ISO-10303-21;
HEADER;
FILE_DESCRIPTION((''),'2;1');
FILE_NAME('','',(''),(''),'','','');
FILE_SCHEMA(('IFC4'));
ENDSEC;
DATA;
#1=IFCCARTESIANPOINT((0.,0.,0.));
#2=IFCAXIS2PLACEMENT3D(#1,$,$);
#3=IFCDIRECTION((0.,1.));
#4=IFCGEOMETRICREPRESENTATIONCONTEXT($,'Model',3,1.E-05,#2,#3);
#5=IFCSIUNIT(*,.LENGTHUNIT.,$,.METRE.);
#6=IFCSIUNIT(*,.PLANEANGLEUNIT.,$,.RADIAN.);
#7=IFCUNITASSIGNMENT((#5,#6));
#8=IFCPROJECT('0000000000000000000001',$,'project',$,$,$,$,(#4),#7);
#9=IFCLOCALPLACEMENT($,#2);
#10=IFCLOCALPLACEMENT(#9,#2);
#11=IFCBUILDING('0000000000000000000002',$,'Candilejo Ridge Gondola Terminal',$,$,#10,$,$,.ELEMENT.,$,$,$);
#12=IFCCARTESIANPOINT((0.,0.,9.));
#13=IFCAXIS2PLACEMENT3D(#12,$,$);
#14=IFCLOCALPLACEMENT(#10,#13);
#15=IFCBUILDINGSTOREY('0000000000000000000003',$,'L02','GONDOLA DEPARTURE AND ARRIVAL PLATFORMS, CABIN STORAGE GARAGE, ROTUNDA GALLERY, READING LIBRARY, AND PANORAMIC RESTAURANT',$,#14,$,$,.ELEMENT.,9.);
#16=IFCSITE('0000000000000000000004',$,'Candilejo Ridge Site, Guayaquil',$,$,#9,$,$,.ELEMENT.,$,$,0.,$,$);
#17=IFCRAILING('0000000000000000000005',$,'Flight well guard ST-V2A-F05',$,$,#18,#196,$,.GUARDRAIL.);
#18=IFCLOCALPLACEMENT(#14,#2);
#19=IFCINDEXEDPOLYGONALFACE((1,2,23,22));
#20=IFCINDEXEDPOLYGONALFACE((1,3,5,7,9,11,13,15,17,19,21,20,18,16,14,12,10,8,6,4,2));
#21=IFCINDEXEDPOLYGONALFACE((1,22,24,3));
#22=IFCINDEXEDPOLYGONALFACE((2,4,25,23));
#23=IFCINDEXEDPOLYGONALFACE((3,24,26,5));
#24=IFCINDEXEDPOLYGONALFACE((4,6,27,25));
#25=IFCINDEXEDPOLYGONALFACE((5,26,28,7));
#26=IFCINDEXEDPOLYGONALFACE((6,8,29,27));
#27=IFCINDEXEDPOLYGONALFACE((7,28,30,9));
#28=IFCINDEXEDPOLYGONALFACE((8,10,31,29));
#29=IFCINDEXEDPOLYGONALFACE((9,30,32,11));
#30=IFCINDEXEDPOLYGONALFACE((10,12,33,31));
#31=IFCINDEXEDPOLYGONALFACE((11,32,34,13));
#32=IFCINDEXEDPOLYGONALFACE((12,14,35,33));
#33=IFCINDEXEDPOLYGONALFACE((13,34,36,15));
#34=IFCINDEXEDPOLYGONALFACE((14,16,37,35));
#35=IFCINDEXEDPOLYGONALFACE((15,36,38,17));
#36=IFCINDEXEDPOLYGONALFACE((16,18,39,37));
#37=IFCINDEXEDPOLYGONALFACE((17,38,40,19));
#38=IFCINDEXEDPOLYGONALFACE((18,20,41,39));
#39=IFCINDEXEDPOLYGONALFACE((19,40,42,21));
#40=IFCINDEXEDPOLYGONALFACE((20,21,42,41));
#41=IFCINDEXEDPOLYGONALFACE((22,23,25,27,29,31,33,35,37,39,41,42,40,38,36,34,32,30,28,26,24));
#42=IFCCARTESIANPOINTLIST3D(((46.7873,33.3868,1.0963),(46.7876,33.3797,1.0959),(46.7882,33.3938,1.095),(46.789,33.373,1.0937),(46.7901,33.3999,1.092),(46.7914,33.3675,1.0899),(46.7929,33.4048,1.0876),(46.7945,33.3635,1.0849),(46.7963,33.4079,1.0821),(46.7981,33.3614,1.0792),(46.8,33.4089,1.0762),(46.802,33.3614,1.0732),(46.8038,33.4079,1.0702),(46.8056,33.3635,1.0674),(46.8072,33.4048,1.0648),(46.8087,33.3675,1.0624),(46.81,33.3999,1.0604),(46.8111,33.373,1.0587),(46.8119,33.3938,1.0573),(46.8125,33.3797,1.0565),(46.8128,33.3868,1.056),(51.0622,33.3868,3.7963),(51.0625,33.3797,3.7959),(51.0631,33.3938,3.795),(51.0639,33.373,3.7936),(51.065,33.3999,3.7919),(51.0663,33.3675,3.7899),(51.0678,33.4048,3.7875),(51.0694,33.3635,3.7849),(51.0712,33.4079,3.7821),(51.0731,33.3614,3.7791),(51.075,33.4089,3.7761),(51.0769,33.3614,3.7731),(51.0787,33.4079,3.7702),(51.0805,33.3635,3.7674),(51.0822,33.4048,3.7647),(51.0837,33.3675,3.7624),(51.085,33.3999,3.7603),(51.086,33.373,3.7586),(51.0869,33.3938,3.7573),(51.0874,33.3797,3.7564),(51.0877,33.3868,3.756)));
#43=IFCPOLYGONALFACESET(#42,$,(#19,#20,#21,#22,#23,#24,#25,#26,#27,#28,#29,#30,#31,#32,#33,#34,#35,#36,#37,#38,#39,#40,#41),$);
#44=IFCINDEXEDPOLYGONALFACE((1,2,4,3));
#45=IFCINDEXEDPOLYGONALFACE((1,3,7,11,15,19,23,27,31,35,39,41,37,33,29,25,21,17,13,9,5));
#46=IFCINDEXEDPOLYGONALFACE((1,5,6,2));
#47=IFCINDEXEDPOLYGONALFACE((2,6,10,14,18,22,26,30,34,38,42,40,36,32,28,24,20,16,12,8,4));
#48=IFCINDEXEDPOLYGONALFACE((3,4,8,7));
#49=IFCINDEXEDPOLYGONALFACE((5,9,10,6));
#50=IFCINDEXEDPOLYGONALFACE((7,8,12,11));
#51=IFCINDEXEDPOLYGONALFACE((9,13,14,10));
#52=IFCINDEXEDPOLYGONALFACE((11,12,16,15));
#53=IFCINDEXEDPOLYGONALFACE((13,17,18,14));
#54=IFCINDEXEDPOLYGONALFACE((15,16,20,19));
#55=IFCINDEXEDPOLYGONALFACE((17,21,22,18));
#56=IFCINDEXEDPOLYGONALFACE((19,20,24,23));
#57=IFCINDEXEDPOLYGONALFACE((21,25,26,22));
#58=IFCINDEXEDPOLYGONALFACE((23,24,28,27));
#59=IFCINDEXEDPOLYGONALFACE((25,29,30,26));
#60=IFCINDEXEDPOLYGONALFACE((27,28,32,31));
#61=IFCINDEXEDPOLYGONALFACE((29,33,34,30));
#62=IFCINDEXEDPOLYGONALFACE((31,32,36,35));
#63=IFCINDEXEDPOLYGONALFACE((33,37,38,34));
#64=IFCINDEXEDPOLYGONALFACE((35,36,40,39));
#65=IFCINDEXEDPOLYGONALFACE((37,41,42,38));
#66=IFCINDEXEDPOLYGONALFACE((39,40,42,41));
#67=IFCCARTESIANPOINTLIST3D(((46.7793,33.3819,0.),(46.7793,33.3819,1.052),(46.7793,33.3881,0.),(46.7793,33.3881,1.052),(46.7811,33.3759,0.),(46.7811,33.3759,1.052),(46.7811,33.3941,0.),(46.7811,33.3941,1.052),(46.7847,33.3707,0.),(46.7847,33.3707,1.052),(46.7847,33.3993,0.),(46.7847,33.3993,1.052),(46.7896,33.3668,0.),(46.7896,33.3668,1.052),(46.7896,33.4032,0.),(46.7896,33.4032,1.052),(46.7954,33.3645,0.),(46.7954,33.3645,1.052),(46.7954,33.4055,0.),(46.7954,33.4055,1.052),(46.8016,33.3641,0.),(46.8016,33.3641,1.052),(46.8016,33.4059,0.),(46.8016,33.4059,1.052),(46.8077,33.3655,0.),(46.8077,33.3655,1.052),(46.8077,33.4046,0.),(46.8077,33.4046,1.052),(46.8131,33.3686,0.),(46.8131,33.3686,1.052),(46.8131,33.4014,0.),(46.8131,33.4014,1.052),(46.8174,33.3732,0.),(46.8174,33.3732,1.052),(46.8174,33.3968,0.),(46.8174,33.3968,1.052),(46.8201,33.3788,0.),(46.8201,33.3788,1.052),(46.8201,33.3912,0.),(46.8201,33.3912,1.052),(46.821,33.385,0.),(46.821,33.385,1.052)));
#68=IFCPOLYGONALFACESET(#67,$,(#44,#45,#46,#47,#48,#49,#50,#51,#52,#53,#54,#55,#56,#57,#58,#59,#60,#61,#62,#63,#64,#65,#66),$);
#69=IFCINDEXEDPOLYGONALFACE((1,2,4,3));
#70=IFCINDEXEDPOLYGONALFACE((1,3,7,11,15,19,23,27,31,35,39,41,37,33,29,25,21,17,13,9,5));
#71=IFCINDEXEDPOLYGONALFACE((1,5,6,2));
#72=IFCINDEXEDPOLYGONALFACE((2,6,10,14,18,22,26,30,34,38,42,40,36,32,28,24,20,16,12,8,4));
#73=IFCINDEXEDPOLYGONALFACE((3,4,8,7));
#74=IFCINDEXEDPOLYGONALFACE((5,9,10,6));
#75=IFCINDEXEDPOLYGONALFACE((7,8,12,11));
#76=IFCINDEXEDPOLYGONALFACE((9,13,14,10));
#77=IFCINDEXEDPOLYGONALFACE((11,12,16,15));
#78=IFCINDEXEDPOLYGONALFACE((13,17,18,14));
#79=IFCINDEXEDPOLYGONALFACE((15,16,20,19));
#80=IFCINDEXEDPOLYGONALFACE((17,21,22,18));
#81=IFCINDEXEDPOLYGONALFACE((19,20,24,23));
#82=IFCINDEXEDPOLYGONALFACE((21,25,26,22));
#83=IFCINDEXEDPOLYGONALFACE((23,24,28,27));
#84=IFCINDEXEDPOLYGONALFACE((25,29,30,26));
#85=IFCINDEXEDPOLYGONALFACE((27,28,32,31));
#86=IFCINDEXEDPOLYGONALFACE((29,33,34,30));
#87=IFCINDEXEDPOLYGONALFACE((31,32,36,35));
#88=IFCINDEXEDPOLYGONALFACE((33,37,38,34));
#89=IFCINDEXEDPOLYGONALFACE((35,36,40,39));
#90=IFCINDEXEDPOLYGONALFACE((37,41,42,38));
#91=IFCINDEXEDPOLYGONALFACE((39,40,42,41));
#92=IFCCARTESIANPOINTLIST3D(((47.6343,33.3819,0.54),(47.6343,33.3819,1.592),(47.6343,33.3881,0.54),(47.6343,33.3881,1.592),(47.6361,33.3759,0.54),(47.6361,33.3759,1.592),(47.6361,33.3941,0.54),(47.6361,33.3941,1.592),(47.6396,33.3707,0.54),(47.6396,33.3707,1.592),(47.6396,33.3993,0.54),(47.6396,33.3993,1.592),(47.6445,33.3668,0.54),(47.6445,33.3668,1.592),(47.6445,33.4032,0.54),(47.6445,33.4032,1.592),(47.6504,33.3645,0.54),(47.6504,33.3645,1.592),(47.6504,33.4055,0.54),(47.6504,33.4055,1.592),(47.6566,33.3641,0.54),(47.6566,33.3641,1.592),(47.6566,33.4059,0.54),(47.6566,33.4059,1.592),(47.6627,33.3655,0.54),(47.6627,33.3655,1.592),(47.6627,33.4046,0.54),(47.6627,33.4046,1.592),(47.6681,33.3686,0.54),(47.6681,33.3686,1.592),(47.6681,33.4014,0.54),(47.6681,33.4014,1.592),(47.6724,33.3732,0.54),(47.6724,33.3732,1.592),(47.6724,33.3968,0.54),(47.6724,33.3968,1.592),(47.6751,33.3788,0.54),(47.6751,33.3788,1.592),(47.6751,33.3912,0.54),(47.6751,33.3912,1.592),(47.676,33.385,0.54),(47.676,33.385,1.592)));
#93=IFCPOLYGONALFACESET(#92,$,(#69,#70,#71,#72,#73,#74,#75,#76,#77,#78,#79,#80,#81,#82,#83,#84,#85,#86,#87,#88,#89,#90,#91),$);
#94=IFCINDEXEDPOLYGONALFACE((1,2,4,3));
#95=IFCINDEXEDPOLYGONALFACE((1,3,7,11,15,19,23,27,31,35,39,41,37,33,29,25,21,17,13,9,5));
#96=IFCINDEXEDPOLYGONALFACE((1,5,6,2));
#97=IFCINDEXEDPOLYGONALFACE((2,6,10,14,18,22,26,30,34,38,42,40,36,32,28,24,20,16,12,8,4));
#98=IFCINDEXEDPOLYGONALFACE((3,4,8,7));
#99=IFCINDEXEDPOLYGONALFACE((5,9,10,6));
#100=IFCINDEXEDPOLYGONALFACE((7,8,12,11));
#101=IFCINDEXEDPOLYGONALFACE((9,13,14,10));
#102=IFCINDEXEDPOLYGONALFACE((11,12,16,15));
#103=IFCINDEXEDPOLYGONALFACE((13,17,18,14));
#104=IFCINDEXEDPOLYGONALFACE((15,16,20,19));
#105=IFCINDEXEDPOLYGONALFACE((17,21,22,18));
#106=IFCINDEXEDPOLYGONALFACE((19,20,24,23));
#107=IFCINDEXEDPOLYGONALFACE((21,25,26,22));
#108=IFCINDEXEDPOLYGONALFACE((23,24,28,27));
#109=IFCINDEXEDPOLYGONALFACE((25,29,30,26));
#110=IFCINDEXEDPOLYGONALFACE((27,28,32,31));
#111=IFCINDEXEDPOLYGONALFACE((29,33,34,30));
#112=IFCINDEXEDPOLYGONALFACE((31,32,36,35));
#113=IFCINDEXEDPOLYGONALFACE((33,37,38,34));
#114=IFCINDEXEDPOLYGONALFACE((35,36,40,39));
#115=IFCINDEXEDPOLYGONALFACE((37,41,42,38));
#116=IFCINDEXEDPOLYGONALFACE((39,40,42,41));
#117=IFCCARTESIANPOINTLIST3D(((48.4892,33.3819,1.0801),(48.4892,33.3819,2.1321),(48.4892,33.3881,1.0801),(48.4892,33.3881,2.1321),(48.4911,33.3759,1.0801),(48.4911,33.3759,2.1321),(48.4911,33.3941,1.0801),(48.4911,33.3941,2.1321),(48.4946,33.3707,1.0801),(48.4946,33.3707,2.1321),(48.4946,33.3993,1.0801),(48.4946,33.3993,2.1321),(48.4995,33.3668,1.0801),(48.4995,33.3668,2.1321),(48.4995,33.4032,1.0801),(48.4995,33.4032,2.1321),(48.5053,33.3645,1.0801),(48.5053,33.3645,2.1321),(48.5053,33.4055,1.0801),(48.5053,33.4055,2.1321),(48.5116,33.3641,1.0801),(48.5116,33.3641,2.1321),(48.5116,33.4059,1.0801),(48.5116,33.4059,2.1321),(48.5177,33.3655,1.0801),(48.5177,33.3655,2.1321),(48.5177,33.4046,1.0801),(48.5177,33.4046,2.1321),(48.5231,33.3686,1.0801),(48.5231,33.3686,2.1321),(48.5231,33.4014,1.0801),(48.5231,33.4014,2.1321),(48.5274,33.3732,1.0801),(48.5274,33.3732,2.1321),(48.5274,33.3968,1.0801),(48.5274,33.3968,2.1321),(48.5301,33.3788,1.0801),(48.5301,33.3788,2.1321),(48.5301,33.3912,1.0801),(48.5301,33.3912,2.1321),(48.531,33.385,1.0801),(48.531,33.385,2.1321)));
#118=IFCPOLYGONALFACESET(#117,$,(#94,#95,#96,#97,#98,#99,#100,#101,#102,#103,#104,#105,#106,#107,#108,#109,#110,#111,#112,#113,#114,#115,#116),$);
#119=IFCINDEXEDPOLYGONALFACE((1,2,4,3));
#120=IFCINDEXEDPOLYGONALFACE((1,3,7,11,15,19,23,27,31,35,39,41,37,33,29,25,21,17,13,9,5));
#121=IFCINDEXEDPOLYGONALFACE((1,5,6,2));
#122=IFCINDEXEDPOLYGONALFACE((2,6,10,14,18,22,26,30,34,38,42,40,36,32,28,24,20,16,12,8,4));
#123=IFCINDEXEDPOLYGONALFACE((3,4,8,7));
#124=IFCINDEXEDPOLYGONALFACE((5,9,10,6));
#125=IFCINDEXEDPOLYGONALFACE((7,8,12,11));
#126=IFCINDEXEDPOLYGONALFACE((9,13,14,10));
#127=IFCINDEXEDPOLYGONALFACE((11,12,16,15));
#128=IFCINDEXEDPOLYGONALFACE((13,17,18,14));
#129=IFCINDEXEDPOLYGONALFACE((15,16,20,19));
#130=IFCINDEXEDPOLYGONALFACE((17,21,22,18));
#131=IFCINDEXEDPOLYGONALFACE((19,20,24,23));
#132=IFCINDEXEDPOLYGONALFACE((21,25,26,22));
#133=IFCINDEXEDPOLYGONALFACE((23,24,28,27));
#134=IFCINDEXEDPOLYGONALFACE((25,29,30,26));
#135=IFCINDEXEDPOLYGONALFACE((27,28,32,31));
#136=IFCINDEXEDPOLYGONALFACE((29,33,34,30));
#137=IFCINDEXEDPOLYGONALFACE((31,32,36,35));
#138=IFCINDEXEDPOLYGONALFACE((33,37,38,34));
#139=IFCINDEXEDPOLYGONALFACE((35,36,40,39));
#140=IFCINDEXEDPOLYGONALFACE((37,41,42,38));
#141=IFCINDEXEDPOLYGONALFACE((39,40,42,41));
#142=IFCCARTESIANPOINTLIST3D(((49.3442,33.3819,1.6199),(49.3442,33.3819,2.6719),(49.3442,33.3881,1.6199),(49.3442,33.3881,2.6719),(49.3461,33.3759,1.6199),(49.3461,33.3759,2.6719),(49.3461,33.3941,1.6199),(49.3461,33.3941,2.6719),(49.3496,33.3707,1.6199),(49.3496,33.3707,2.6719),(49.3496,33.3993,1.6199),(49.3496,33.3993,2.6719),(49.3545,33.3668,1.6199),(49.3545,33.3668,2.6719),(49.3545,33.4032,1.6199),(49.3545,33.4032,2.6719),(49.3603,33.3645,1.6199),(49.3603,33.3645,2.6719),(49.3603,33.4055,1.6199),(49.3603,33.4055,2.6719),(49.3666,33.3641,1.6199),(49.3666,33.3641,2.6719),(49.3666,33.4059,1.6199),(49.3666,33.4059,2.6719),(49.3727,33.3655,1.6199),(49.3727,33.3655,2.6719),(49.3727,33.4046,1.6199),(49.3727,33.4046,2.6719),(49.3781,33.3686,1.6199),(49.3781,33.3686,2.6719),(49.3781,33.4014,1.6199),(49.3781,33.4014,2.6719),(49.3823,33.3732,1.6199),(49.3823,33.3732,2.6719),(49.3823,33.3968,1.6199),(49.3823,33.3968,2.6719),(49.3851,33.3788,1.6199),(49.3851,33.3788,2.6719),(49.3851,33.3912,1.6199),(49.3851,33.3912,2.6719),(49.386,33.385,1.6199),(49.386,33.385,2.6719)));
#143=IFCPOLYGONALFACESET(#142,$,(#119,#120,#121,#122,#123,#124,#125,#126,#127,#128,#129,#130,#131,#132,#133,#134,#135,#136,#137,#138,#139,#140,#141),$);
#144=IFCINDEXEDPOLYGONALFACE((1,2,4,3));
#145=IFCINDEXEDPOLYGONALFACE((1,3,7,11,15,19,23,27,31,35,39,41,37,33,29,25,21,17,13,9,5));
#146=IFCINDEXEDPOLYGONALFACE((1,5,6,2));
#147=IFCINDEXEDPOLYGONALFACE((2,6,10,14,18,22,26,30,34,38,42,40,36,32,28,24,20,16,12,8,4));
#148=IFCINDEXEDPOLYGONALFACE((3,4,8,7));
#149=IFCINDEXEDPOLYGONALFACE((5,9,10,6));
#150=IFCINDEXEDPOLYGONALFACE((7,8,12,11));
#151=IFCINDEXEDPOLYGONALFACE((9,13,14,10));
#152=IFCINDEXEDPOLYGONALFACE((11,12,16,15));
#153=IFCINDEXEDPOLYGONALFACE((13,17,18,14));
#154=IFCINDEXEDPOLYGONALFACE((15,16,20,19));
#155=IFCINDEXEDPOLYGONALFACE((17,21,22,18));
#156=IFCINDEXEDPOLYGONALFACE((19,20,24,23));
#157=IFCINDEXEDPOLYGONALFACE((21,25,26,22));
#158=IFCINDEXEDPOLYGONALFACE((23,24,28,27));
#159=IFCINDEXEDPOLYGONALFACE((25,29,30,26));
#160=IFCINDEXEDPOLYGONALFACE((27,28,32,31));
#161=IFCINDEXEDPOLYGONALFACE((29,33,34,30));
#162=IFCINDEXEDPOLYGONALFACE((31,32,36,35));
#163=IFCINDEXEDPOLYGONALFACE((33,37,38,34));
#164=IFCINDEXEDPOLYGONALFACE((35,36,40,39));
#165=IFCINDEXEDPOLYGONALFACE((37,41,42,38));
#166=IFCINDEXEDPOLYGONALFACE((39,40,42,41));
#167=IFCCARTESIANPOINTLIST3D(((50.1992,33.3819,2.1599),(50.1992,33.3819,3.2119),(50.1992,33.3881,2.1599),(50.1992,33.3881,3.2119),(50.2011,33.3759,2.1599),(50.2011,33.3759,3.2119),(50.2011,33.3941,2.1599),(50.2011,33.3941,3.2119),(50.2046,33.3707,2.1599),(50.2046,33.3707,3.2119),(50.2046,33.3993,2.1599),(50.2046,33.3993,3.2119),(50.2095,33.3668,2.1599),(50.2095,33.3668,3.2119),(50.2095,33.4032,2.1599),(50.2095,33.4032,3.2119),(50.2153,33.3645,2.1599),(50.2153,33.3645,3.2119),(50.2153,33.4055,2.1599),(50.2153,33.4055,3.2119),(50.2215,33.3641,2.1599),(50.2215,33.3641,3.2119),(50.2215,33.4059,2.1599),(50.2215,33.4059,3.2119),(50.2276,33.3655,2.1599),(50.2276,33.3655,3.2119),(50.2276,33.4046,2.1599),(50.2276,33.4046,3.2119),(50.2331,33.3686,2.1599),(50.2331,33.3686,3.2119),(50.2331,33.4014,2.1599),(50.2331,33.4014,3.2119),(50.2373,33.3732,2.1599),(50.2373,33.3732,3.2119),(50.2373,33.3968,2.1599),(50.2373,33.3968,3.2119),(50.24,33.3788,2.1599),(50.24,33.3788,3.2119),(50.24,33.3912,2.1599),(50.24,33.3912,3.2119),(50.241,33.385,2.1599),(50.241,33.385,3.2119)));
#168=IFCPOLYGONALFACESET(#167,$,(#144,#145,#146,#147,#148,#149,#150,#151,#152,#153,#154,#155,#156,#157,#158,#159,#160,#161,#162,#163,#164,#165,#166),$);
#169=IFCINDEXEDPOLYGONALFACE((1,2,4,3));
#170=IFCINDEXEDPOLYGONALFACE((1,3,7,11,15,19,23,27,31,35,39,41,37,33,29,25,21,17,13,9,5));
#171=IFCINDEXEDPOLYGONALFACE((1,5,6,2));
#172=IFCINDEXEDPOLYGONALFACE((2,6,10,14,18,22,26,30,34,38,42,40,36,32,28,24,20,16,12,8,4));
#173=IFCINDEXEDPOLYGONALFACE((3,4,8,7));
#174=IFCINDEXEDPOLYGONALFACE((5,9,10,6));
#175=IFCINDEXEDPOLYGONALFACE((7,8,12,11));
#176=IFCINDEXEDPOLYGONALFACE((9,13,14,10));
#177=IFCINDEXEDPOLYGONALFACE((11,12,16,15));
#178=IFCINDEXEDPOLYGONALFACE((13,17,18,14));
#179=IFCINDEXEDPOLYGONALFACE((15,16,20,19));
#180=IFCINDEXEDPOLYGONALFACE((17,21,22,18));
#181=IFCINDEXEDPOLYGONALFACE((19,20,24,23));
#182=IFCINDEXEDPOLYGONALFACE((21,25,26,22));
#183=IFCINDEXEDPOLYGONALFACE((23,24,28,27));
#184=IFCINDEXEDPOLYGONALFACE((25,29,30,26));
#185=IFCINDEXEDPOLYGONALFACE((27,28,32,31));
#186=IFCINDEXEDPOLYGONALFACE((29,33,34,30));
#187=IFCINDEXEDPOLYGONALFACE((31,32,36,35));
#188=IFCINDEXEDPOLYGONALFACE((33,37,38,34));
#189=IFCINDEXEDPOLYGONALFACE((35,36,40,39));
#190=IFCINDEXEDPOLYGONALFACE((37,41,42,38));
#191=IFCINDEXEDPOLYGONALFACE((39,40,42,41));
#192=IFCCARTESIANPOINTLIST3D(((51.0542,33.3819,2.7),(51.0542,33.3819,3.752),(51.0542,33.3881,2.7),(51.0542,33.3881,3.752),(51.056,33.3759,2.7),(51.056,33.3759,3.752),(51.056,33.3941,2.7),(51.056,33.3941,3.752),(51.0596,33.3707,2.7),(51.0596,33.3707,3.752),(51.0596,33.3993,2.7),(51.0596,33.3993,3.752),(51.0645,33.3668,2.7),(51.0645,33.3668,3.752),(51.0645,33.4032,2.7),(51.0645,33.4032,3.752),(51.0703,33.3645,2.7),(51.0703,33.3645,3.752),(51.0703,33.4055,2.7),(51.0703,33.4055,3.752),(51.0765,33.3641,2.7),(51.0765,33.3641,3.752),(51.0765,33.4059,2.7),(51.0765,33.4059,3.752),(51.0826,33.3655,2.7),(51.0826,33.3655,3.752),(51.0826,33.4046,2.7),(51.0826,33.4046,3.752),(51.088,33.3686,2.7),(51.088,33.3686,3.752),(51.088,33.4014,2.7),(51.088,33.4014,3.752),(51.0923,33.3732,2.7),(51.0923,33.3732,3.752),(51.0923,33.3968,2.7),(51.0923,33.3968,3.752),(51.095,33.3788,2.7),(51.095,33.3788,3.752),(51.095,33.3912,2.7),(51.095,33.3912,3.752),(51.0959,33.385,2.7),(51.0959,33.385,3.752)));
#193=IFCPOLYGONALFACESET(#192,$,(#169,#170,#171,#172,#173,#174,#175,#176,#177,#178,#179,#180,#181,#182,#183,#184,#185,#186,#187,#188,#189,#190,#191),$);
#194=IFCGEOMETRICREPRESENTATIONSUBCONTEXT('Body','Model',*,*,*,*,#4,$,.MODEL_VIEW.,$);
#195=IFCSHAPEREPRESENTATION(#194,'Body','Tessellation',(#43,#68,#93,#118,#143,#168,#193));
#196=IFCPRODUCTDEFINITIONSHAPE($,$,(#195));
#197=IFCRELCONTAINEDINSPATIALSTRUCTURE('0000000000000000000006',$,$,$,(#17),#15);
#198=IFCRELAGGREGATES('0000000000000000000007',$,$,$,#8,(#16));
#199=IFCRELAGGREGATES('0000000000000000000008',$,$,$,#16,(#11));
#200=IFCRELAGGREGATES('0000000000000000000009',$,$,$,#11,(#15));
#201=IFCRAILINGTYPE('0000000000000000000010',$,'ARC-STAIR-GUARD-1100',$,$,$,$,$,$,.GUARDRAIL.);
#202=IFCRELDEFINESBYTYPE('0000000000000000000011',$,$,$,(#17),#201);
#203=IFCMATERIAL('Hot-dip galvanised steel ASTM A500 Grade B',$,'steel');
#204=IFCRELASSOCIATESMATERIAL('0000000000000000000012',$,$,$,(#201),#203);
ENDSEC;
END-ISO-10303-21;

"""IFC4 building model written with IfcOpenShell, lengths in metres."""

from ifc_helpers import new_model, si_unit, direction, frame, origin, origin_2d, place, context, subcontext, project, spatial, circle, extrude, material, type_object, element, save


model = new_model("IFC4")

# Units and contexts
model_context = context("Model", 3, precision=1e-05, world=origin(), true_north=direction((0.0, 1.0)))
body_context = subcontext(model_context, "Body", "Model", "MODEL_VIEW")
ifc_project = project(units=[si_unit("LENGTHUNIT", "METRE"), si_unit("PLANEANGLEUNIT", "RADIAN")], contexts=[model_context])

# Site, building, storey
site_placement = place(None, origin())
site = spatial("IfcSite", under=ifc_project, at=site_placement, Name="Candilejo Ridge Site, Guayaquil", CompositionType="ELEMENT", RefElevation=0.0)
building_placement = place(site_placement, origin())
building = spatial("IfcBuilding", under=site, at=building_placement, Name="Candilejo Ridge Gondola Terminal", CompositionType="ELEMENT")
storey_placement = place(building_placement, frame((0.0, 0.0, 9.0)))
storey = spatial("IfcBuildingStorey", under=building, at=storey_placement, Name="L02", Description="GONDOLA DEPARTURE AND ARRIVAL PLATFORMS, CABIN STORAGE GARAGE, ROTUNDA GALLERY, READING LIBRARY, AND PANORAMIC RESTAURANT", CompositionType="ELEMENT", Elevation=9.0)

# Railing
ifc_material_1 = material(Name="Hot-dip galvanised steel ASTM A500 Grade B", Category="steel")
railing_type_1 = type_object("IfcRailingType", Name="ARC-STAIR-GUARD-1100", PredefinedType="GUARDRAIL", material=ifc_material_1)
railing_1_placement = place(storey_placement, frame((46.8, 33.385, 0.0)))
element("IfcRailing", 1, at=railing_1_placement, inside=storey, type_object=railing_type_1, Name="Flight well guard ST-V2A-F05", PredefinedType="GUARDRAIL", context=body_context, shape_type="SweptSolid", body=[
    extrude(circle(Radius=0.0239, at=origin_2d()), frame((0.0, 0.0, 1.0762), z_axis=(0.845488, 0.0, 0.533995), x_axis=(0.0, 1.0, 0.0)), (0.0, 0.0, 1.0), 5.0562),
    extrude(circle(Radius=0.021, at=origin_2d()), origin(), (0.0, 0.0, 1.0), 1.052),
    extrude(circle(Radius=0.021, at=origin_2d()), frame((0.855, 0.0, 0.54)), (0.0, 0.0, 1.0), 1.052),
    extrude(circle(Radius=0.021, at=origin_2d()), frame((1.71, 0.0, 1.0801)), (0.0, 0.0, 1.0), 1.052),
    extrude(circle(Radius=0.021, at=origin_2d()), frame((2.5649, 0.0, 1.6199)), (0.0, 0.0, 1.0), 1.052),
    extrude(circle(Radius=0.021, at=origin_2d()), frame((3.4199, 0.0, 2.1599)), (0.0, 0.0, 1.0), 1.052),
    extrude(circle(Radius=0.021, at=origin_2d()), frame((4.2749, 0.0, 2.7)), (0.0, 0.0, 1.0), 1.052),
])

save(model, "model.ifc")
